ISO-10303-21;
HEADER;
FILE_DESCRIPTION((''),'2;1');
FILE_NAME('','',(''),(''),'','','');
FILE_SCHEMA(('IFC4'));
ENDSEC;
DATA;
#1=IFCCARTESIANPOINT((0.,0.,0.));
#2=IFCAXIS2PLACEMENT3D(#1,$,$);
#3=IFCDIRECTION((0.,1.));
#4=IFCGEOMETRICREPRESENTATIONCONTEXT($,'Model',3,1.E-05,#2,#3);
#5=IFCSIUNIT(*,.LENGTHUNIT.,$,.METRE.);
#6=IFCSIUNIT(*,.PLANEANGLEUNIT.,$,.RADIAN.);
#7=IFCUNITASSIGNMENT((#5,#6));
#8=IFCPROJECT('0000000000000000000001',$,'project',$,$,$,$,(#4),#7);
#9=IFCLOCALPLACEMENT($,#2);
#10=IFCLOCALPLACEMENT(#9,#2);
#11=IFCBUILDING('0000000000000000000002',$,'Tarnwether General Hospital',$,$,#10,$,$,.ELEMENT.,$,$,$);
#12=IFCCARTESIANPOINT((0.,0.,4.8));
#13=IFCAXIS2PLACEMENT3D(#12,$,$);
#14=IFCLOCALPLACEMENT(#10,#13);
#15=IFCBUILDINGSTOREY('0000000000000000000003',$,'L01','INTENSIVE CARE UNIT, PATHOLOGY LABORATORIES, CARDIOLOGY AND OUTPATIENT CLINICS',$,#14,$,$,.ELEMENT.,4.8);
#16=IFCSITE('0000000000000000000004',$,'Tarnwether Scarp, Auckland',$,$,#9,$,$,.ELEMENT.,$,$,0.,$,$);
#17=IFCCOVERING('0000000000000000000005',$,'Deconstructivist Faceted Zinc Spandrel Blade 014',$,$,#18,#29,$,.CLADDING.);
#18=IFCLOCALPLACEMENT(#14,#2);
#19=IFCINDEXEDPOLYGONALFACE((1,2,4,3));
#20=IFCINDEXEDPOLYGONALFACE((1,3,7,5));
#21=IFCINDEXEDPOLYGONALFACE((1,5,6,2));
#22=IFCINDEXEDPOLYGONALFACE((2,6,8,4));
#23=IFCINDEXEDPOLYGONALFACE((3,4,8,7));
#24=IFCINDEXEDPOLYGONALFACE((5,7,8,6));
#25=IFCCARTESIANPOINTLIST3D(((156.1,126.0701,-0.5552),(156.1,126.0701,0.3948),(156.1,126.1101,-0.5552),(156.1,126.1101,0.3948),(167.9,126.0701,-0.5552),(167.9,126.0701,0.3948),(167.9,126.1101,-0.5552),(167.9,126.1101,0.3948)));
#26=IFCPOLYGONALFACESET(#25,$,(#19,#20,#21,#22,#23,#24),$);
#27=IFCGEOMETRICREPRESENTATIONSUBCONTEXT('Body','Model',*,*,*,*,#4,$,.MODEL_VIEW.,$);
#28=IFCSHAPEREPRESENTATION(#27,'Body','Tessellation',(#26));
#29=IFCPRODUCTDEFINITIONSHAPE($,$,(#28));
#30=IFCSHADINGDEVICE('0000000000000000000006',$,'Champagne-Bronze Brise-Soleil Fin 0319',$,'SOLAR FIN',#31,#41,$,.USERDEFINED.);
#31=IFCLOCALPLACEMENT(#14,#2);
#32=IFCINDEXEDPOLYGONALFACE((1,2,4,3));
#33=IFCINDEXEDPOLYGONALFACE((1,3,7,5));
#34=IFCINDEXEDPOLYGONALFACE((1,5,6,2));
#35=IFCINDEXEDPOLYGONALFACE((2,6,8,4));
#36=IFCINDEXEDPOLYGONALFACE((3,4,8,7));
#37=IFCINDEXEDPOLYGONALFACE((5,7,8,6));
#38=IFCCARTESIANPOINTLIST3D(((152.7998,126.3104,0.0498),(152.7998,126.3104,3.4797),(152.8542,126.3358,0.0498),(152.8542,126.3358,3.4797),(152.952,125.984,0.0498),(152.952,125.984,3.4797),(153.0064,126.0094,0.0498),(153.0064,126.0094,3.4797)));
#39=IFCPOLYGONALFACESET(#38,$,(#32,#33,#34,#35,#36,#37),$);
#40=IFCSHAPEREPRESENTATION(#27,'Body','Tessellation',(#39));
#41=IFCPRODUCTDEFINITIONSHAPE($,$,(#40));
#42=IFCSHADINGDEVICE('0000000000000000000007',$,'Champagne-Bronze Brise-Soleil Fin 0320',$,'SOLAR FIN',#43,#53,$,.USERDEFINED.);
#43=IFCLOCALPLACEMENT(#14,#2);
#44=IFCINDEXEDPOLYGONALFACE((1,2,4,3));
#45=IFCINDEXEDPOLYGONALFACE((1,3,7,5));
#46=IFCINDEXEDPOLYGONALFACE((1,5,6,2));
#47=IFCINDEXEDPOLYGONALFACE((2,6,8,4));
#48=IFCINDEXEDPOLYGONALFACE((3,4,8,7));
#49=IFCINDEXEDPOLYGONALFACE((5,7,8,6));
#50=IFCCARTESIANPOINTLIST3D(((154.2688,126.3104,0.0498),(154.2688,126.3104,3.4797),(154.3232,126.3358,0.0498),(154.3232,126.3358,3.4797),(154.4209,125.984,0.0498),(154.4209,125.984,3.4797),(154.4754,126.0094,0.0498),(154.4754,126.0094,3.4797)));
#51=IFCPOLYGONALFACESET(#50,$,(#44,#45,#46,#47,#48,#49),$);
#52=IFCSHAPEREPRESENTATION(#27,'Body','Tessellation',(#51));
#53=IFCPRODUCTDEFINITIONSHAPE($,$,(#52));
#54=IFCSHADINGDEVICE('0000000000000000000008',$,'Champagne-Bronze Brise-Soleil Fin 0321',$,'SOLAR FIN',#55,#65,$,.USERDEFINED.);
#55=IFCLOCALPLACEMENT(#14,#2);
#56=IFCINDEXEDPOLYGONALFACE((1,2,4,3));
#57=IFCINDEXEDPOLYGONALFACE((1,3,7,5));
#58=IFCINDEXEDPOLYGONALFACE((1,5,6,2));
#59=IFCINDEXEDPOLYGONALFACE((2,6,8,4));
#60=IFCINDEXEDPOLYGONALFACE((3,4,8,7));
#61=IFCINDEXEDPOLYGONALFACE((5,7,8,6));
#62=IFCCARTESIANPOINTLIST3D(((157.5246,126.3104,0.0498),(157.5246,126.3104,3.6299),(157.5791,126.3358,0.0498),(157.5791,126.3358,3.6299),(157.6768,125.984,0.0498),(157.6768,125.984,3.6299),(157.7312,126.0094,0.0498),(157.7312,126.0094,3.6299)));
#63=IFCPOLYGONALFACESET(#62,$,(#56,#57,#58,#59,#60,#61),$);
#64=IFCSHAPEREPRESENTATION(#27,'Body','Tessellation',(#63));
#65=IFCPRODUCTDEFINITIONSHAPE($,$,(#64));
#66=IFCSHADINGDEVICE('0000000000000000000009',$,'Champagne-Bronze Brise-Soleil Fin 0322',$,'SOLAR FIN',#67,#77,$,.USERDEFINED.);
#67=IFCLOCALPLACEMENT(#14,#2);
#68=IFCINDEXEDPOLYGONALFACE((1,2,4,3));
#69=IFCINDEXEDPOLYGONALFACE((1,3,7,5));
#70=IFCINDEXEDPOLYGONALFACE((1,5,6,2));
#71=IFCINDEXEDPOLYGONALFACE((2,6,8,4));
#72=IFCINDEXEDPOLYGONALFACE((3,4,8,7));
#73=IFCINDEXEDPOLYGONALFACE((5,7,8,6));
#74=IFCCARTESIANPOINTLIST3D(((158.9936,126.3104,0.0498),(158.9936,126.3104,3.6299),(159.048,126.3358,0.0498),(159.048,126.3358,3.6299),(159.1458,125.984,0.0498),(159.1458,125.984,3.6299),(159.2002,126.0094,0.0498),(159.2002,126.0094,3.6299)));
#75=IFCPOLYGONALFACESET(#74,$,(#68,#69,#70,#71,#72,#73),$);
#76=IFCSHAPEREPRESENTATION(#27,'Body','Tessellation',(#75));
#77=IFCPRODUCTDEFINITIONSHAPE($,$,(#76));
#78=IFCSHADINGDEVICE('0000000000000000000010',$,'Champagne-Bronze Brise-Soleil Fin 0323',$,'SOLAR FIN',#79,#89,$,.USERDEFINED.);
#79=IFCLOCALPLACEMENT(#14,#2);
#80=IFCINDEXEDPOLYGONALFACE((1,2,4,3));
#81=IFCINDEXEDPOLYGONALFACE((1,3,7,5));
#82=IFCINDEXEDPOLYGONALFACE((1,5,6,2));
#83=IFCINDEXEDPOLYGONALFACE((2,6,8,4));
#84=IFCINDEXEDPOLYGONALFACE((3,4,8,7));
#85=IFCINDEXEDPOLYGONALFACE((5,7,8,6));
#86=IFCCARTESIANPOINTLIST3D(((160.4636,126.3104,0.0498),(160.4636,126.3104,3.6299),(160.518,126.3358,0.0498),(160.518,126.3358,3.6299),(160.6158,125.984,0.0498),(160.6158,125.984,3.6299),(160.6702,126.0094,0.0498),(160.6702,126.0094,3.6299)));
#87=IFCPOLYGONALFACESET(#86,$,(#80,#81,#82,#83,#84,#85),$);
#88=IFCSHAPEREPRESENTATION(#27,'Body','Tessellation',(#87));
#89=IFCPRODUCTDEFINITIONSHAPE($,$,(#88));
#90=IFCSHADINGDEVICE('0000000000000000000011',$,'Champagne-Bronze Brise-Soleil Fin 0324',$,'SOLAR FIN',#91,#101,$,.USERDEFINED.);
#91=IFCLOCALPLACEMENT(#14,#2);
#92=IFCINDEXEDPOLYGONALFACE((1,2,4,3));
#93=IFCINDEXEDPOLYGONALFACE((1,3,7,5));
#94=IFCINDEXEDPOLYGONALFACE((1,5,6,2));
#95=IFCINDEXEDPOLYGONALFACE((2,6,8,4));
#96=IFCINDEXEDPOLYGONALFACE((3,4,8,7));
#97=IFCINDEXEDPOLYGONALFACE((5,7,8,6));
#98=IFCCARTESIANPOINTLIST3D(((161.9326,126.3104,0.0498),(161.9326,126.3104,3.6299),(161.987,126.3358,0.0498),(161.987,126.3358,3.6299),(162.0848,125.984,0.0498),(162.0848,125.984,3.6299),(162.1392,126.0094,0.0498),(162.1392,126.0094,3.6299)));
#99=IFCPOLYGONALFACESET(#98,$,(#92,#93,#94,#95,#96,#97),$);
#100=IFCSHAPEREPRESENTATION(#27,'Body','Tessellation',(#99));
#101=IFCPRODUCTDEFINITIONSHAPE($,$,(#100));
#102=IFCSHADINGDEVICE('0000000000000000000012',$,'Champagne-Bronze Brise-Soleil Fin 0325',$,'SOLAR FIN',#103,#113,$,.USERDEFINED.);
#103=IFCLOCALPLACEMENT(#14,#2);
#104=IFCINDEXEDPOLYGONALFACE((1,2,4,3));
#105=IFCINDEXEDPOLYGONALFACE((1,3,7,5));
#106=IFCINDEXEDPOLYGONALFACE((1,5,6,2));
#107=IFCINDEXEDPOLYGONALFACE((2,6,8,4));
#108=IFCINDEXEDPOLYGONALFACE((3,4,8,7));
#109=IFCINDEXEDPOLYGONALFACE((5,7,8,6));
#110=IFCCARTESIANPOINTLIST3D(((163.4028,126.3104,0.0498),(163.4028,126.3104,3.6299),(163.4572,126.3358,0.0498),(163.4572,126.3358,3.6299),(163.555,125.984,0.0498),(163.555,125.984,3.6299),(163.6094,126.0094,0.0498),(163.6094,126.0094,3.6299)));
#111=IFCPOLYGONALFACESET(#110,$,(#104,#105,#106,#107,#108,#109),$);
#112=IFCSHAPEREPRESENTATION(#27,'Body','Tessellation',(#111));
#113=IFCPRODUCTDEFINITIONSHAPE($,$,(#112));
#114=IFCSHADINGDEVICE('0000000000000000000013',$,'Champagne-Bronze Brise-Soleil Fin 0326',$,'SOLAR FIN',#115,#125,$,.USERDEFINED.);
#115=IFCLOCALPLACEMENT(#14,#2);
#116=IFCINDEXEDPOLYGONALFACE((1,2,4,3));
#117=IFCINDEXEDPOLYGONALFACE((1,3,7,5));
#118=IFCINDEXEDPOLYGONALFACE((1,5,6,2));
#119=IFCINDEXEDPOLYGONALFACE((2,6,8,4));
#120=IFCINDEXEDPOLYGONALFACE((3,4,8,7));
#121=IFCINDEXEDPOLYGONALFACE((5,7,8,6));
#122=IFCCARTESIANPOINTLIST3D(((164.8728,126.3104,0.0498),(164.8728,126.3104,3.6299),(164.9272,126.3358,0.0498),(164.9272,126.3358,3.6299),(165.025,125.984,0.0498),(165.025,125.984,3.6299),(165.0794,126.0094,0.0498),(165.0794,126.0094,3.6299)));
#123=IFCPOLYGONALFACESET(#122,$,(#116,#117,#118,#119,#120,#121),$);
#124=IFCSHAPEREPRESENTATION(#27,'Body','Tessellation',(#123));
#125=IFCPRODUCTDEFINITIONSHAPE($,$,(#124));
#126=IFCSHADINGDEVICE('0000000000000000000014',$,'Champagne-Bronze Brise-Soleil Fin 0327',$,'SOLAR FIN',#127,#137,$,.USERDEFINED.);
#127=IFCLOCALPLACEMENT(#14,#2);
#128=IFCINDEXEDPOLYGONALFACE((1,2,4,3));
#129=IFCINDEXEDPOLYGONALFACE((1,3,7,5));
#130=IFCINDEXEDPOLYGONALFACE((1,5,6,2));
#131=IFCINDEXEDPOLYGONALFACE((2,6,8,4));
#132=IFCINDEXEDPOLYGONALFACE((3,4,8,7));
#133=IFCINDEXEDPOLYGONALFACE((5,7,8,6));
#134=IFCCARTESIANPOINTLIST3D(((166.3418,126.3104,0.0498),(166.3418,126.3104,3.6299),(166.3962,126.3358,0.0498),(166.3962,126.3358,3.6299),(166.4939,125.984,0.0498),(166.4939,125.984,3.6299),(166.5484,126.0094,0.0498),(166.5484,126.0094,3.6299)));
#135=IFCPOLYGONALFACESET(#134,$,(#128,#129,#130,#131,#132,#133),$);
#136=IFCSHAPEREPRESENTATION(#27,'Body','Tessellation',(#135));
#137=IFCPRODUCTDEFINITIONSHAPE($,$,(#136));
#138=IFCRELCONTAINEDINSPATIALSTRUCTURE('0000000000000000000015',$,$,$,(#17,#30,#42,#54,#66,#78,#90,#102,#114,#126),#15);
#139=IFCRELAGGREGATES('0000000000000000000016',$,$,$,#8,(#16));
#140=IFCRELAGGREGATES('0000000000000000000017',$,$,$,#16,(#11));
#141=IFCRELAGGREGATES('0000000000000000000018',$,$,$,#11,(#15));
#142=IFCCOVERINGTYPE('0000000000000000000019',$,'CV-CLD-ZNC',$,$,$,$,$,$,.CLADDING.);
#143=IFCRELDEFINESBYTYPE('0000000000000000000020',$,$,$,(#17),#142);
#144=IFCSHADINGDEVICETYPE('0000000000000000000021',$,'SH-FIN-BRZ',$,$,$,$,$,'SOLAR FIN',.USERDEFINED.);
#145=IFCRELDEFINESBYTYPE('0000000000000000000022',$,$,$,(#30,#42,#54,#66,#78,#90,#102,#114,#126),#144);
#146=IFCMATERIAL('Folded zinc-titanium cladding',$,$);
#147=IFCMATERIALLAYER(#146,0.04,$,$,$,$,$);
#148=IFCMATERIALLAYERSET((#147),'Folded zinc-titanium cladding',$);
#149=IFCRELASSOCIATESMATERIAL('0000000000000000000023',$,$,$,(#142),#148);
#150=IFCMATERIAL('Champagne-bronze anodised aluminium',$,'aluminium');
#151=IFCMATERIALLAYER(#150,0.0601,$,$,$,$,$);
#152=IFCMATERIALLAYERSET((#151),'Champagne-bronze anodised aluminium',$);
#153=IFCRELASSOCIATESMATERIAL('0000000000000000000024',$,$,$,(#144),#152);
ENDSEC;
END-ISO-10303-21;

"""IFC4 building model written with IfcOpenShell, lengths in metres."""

from ifc_helpers import new_model, si_unit, direction, frame, origin, origin_2d, place, context, subcontext, project, spatial, rectangle, extrude, material, layer, layer_set, type_object, element, save


model = new_model("IFC4")

# Units and contexts
model_context = context("Model", 3, precision=1e-05, world=origin(), true_north=direction((0.0, 1.0)))
body_context = subcontext(model_context, "Body", "Model", "MODEL_VIEW")
ifc_project = project(units=[si_unit("LENGTHUNIT", "METRE"), si_unit("PLANEANGLEUNIT", "RADIAN")], contexts=[model_context])

# Site, building, storey
site_placement = place(None, origin())
site = spatial("IfcSite", under=ifc_project, at=site_placement, Name="Tarnwether Scarp, Auckland", CompositionType="ELEMENT", RefElevation=0.0)
building_placement = place(site_placement, origin())
building = spatial("IfcBuilding", under=site, at=building_placement, Name="Tarnwether General Hospital", CompositionType="ELEMENT")
storey_placement = place(building_placement, frame((0.0, 0.0, 4.8)))
storey = spatial("IfcBuildingStorey", under=building, at=storey_placement, Name="L01", Description="INTENSIVE CARE UNIT, PATHOLOGY LABORATORIES, CARDIOLOGY AND OUTPATIENT CLINICS", CompositionType="ELEMENT", Elevation=4.8)

# Covering
ifc_material_1 = material(Name="Folded zinc-titanium cladding")
ifc_layer_1 = layer(ifc_material_1, 0.04)
ifc_layer_set_1 = layer_set([ifc_layer_1], Name="Folded zinc-titanium cladding")
covering_type = type_object("IfcCoveringType", Name="CV-CLD-ZNC", PredefinedType="CLADDING", material=ifc_layer_set_1)
covering_placement = place(storey_placement, frame((162.0, 126.0901, -0.5552), z_axis=(0.0, 0.0, 1.0), x_axis=(1.0, 0.0, 0.0)))
element("IfcCovering", 1, at=covering_placement, inside=storey, type_object=covering_type, Name="Deconstructivist Faceted Zinc Spandrel Blade 014", PredefinedType="CLADDING", context=body_context, shape_type="SweptSolid", body=[
    extrude(rectangle(XDim=11.8, YDim=0.04, at=origin_2d()), origin(), (0.0, 0.0, 1.0), 0.95),
])

# Shading devices
ifc_material_2 = material(Name="Champagne-bronze anodised aluminium", Category="aluminium")
ifc_layer_2 = layer(ifc_material_2, 0.0601)
ifc_layer_set_2 = layer_set([ifc_layer_2], Name="Champagne-bronze anodised aluminium")
shading_device_type = type_object("IfcShadingDeviceType", Name="SH-FIN-BRZ", ElementType="SOLAR FIN", PredefinedType="USERDEFINED", material=ifc_layer_set_2)
for number, where, z_axis, x_axis, name in (
    (2, (152.9031, 126.1599, 0.0498), (0.0, 0.0, 1.0), (0.906308, 0.422618, 0.0), "Champagne-Bronze Brise-Soleil Fin 0319"),
    (3, (154.3721, 126.1599, 0.0498), (0.0, 0.0, 1.0), (0.906308, 0.422618, 0.0), "Champagne-Bronze Brise-Soleil Fin 0320"),
):
    element("IfcShadingDevice", number, at=place(storey_placement, frame(where, z_axis=z_axis, x_axis=x_axis)), inside=storey, type_object=shading_device_type, Name=name, ObjectType="SOLAR FIN", PredefinedType="USERDEFINED", context=body_context, shape_type="SweptSolid", body=[
        extrude(rectangle(XDim=0.0601, YDim=0.3601, at=origin_2d()), origin(), (0.0, 0.0, 1.0), 3.4299),
    ])
for number, where, z_axis, x_axis, name in (
    (4, (157.6279, 126.1599, 0.0498), (0.0, 0.0, 1.0), (0.906308, 0.422618, 0.0), "Champagne-Bronze Brise-Soleil Fin 0321"),
    (5, (159.0969, 126.1599, 0.0498), (0.0, 0.0, 1.0), (0.906308, 0.422618, 0.0), "Champagne-Bronze Brise-Soleil Fin 0322"),
    (6, (160.5669, 126.1599, 0.0498), (0.0, 0.0, 1.0), (0.906308, 0.422618, 0.0), "Champagne-Bronze Brise-Soleil Fin 0323"),
    (7, (162.0359, 126.1599, 0.0498), (0.0, 0.0, 1.0), (0.906308, 0.422618, 0.0), "Champagne-Bronze Brise-Soleil Fin 0324"),
    (8, (163.5061, 126.1599, 0.0498), (0.0, 0.0, 1.0), (0.906308, 0.422618, 0.0), "Champagne-Bronze Brise-Soleil Fin 0325"),
    (9, (164.9761, 126.1599, 0.0498), (0.0, 0.0, 1.0), (0.906308, 0.422618, 0.0), "Champagne-Bronze Brise-Soleil Fin 0326"),
    (10, (166.4451, 126.1599, 0.0498), (0.0, 0.0, 1.0), (0.906308, 0.422618, 0.0), "Champagne-Bronze Brise-Soleil Fin 0327"),
):
    element("IfcShadingDevice", number, at=place(storey_placement, frame(where, z_axis=z_axis, x_axis=x_axis)), inside=storey, type_object=shading_device_type, Name=name, ObjectType="SOLAR FIN", PredefinedType="USERDEFINED", context=body_context, shape_type="SweptSolid", body=[
        extrude(rectangle(XDim=0.0601, YDim=0.3601, at=origin_2d()), origin(), (0.0, 0.0, 1.0), 3.5801),
    ])

save(model, "model.ifc")
